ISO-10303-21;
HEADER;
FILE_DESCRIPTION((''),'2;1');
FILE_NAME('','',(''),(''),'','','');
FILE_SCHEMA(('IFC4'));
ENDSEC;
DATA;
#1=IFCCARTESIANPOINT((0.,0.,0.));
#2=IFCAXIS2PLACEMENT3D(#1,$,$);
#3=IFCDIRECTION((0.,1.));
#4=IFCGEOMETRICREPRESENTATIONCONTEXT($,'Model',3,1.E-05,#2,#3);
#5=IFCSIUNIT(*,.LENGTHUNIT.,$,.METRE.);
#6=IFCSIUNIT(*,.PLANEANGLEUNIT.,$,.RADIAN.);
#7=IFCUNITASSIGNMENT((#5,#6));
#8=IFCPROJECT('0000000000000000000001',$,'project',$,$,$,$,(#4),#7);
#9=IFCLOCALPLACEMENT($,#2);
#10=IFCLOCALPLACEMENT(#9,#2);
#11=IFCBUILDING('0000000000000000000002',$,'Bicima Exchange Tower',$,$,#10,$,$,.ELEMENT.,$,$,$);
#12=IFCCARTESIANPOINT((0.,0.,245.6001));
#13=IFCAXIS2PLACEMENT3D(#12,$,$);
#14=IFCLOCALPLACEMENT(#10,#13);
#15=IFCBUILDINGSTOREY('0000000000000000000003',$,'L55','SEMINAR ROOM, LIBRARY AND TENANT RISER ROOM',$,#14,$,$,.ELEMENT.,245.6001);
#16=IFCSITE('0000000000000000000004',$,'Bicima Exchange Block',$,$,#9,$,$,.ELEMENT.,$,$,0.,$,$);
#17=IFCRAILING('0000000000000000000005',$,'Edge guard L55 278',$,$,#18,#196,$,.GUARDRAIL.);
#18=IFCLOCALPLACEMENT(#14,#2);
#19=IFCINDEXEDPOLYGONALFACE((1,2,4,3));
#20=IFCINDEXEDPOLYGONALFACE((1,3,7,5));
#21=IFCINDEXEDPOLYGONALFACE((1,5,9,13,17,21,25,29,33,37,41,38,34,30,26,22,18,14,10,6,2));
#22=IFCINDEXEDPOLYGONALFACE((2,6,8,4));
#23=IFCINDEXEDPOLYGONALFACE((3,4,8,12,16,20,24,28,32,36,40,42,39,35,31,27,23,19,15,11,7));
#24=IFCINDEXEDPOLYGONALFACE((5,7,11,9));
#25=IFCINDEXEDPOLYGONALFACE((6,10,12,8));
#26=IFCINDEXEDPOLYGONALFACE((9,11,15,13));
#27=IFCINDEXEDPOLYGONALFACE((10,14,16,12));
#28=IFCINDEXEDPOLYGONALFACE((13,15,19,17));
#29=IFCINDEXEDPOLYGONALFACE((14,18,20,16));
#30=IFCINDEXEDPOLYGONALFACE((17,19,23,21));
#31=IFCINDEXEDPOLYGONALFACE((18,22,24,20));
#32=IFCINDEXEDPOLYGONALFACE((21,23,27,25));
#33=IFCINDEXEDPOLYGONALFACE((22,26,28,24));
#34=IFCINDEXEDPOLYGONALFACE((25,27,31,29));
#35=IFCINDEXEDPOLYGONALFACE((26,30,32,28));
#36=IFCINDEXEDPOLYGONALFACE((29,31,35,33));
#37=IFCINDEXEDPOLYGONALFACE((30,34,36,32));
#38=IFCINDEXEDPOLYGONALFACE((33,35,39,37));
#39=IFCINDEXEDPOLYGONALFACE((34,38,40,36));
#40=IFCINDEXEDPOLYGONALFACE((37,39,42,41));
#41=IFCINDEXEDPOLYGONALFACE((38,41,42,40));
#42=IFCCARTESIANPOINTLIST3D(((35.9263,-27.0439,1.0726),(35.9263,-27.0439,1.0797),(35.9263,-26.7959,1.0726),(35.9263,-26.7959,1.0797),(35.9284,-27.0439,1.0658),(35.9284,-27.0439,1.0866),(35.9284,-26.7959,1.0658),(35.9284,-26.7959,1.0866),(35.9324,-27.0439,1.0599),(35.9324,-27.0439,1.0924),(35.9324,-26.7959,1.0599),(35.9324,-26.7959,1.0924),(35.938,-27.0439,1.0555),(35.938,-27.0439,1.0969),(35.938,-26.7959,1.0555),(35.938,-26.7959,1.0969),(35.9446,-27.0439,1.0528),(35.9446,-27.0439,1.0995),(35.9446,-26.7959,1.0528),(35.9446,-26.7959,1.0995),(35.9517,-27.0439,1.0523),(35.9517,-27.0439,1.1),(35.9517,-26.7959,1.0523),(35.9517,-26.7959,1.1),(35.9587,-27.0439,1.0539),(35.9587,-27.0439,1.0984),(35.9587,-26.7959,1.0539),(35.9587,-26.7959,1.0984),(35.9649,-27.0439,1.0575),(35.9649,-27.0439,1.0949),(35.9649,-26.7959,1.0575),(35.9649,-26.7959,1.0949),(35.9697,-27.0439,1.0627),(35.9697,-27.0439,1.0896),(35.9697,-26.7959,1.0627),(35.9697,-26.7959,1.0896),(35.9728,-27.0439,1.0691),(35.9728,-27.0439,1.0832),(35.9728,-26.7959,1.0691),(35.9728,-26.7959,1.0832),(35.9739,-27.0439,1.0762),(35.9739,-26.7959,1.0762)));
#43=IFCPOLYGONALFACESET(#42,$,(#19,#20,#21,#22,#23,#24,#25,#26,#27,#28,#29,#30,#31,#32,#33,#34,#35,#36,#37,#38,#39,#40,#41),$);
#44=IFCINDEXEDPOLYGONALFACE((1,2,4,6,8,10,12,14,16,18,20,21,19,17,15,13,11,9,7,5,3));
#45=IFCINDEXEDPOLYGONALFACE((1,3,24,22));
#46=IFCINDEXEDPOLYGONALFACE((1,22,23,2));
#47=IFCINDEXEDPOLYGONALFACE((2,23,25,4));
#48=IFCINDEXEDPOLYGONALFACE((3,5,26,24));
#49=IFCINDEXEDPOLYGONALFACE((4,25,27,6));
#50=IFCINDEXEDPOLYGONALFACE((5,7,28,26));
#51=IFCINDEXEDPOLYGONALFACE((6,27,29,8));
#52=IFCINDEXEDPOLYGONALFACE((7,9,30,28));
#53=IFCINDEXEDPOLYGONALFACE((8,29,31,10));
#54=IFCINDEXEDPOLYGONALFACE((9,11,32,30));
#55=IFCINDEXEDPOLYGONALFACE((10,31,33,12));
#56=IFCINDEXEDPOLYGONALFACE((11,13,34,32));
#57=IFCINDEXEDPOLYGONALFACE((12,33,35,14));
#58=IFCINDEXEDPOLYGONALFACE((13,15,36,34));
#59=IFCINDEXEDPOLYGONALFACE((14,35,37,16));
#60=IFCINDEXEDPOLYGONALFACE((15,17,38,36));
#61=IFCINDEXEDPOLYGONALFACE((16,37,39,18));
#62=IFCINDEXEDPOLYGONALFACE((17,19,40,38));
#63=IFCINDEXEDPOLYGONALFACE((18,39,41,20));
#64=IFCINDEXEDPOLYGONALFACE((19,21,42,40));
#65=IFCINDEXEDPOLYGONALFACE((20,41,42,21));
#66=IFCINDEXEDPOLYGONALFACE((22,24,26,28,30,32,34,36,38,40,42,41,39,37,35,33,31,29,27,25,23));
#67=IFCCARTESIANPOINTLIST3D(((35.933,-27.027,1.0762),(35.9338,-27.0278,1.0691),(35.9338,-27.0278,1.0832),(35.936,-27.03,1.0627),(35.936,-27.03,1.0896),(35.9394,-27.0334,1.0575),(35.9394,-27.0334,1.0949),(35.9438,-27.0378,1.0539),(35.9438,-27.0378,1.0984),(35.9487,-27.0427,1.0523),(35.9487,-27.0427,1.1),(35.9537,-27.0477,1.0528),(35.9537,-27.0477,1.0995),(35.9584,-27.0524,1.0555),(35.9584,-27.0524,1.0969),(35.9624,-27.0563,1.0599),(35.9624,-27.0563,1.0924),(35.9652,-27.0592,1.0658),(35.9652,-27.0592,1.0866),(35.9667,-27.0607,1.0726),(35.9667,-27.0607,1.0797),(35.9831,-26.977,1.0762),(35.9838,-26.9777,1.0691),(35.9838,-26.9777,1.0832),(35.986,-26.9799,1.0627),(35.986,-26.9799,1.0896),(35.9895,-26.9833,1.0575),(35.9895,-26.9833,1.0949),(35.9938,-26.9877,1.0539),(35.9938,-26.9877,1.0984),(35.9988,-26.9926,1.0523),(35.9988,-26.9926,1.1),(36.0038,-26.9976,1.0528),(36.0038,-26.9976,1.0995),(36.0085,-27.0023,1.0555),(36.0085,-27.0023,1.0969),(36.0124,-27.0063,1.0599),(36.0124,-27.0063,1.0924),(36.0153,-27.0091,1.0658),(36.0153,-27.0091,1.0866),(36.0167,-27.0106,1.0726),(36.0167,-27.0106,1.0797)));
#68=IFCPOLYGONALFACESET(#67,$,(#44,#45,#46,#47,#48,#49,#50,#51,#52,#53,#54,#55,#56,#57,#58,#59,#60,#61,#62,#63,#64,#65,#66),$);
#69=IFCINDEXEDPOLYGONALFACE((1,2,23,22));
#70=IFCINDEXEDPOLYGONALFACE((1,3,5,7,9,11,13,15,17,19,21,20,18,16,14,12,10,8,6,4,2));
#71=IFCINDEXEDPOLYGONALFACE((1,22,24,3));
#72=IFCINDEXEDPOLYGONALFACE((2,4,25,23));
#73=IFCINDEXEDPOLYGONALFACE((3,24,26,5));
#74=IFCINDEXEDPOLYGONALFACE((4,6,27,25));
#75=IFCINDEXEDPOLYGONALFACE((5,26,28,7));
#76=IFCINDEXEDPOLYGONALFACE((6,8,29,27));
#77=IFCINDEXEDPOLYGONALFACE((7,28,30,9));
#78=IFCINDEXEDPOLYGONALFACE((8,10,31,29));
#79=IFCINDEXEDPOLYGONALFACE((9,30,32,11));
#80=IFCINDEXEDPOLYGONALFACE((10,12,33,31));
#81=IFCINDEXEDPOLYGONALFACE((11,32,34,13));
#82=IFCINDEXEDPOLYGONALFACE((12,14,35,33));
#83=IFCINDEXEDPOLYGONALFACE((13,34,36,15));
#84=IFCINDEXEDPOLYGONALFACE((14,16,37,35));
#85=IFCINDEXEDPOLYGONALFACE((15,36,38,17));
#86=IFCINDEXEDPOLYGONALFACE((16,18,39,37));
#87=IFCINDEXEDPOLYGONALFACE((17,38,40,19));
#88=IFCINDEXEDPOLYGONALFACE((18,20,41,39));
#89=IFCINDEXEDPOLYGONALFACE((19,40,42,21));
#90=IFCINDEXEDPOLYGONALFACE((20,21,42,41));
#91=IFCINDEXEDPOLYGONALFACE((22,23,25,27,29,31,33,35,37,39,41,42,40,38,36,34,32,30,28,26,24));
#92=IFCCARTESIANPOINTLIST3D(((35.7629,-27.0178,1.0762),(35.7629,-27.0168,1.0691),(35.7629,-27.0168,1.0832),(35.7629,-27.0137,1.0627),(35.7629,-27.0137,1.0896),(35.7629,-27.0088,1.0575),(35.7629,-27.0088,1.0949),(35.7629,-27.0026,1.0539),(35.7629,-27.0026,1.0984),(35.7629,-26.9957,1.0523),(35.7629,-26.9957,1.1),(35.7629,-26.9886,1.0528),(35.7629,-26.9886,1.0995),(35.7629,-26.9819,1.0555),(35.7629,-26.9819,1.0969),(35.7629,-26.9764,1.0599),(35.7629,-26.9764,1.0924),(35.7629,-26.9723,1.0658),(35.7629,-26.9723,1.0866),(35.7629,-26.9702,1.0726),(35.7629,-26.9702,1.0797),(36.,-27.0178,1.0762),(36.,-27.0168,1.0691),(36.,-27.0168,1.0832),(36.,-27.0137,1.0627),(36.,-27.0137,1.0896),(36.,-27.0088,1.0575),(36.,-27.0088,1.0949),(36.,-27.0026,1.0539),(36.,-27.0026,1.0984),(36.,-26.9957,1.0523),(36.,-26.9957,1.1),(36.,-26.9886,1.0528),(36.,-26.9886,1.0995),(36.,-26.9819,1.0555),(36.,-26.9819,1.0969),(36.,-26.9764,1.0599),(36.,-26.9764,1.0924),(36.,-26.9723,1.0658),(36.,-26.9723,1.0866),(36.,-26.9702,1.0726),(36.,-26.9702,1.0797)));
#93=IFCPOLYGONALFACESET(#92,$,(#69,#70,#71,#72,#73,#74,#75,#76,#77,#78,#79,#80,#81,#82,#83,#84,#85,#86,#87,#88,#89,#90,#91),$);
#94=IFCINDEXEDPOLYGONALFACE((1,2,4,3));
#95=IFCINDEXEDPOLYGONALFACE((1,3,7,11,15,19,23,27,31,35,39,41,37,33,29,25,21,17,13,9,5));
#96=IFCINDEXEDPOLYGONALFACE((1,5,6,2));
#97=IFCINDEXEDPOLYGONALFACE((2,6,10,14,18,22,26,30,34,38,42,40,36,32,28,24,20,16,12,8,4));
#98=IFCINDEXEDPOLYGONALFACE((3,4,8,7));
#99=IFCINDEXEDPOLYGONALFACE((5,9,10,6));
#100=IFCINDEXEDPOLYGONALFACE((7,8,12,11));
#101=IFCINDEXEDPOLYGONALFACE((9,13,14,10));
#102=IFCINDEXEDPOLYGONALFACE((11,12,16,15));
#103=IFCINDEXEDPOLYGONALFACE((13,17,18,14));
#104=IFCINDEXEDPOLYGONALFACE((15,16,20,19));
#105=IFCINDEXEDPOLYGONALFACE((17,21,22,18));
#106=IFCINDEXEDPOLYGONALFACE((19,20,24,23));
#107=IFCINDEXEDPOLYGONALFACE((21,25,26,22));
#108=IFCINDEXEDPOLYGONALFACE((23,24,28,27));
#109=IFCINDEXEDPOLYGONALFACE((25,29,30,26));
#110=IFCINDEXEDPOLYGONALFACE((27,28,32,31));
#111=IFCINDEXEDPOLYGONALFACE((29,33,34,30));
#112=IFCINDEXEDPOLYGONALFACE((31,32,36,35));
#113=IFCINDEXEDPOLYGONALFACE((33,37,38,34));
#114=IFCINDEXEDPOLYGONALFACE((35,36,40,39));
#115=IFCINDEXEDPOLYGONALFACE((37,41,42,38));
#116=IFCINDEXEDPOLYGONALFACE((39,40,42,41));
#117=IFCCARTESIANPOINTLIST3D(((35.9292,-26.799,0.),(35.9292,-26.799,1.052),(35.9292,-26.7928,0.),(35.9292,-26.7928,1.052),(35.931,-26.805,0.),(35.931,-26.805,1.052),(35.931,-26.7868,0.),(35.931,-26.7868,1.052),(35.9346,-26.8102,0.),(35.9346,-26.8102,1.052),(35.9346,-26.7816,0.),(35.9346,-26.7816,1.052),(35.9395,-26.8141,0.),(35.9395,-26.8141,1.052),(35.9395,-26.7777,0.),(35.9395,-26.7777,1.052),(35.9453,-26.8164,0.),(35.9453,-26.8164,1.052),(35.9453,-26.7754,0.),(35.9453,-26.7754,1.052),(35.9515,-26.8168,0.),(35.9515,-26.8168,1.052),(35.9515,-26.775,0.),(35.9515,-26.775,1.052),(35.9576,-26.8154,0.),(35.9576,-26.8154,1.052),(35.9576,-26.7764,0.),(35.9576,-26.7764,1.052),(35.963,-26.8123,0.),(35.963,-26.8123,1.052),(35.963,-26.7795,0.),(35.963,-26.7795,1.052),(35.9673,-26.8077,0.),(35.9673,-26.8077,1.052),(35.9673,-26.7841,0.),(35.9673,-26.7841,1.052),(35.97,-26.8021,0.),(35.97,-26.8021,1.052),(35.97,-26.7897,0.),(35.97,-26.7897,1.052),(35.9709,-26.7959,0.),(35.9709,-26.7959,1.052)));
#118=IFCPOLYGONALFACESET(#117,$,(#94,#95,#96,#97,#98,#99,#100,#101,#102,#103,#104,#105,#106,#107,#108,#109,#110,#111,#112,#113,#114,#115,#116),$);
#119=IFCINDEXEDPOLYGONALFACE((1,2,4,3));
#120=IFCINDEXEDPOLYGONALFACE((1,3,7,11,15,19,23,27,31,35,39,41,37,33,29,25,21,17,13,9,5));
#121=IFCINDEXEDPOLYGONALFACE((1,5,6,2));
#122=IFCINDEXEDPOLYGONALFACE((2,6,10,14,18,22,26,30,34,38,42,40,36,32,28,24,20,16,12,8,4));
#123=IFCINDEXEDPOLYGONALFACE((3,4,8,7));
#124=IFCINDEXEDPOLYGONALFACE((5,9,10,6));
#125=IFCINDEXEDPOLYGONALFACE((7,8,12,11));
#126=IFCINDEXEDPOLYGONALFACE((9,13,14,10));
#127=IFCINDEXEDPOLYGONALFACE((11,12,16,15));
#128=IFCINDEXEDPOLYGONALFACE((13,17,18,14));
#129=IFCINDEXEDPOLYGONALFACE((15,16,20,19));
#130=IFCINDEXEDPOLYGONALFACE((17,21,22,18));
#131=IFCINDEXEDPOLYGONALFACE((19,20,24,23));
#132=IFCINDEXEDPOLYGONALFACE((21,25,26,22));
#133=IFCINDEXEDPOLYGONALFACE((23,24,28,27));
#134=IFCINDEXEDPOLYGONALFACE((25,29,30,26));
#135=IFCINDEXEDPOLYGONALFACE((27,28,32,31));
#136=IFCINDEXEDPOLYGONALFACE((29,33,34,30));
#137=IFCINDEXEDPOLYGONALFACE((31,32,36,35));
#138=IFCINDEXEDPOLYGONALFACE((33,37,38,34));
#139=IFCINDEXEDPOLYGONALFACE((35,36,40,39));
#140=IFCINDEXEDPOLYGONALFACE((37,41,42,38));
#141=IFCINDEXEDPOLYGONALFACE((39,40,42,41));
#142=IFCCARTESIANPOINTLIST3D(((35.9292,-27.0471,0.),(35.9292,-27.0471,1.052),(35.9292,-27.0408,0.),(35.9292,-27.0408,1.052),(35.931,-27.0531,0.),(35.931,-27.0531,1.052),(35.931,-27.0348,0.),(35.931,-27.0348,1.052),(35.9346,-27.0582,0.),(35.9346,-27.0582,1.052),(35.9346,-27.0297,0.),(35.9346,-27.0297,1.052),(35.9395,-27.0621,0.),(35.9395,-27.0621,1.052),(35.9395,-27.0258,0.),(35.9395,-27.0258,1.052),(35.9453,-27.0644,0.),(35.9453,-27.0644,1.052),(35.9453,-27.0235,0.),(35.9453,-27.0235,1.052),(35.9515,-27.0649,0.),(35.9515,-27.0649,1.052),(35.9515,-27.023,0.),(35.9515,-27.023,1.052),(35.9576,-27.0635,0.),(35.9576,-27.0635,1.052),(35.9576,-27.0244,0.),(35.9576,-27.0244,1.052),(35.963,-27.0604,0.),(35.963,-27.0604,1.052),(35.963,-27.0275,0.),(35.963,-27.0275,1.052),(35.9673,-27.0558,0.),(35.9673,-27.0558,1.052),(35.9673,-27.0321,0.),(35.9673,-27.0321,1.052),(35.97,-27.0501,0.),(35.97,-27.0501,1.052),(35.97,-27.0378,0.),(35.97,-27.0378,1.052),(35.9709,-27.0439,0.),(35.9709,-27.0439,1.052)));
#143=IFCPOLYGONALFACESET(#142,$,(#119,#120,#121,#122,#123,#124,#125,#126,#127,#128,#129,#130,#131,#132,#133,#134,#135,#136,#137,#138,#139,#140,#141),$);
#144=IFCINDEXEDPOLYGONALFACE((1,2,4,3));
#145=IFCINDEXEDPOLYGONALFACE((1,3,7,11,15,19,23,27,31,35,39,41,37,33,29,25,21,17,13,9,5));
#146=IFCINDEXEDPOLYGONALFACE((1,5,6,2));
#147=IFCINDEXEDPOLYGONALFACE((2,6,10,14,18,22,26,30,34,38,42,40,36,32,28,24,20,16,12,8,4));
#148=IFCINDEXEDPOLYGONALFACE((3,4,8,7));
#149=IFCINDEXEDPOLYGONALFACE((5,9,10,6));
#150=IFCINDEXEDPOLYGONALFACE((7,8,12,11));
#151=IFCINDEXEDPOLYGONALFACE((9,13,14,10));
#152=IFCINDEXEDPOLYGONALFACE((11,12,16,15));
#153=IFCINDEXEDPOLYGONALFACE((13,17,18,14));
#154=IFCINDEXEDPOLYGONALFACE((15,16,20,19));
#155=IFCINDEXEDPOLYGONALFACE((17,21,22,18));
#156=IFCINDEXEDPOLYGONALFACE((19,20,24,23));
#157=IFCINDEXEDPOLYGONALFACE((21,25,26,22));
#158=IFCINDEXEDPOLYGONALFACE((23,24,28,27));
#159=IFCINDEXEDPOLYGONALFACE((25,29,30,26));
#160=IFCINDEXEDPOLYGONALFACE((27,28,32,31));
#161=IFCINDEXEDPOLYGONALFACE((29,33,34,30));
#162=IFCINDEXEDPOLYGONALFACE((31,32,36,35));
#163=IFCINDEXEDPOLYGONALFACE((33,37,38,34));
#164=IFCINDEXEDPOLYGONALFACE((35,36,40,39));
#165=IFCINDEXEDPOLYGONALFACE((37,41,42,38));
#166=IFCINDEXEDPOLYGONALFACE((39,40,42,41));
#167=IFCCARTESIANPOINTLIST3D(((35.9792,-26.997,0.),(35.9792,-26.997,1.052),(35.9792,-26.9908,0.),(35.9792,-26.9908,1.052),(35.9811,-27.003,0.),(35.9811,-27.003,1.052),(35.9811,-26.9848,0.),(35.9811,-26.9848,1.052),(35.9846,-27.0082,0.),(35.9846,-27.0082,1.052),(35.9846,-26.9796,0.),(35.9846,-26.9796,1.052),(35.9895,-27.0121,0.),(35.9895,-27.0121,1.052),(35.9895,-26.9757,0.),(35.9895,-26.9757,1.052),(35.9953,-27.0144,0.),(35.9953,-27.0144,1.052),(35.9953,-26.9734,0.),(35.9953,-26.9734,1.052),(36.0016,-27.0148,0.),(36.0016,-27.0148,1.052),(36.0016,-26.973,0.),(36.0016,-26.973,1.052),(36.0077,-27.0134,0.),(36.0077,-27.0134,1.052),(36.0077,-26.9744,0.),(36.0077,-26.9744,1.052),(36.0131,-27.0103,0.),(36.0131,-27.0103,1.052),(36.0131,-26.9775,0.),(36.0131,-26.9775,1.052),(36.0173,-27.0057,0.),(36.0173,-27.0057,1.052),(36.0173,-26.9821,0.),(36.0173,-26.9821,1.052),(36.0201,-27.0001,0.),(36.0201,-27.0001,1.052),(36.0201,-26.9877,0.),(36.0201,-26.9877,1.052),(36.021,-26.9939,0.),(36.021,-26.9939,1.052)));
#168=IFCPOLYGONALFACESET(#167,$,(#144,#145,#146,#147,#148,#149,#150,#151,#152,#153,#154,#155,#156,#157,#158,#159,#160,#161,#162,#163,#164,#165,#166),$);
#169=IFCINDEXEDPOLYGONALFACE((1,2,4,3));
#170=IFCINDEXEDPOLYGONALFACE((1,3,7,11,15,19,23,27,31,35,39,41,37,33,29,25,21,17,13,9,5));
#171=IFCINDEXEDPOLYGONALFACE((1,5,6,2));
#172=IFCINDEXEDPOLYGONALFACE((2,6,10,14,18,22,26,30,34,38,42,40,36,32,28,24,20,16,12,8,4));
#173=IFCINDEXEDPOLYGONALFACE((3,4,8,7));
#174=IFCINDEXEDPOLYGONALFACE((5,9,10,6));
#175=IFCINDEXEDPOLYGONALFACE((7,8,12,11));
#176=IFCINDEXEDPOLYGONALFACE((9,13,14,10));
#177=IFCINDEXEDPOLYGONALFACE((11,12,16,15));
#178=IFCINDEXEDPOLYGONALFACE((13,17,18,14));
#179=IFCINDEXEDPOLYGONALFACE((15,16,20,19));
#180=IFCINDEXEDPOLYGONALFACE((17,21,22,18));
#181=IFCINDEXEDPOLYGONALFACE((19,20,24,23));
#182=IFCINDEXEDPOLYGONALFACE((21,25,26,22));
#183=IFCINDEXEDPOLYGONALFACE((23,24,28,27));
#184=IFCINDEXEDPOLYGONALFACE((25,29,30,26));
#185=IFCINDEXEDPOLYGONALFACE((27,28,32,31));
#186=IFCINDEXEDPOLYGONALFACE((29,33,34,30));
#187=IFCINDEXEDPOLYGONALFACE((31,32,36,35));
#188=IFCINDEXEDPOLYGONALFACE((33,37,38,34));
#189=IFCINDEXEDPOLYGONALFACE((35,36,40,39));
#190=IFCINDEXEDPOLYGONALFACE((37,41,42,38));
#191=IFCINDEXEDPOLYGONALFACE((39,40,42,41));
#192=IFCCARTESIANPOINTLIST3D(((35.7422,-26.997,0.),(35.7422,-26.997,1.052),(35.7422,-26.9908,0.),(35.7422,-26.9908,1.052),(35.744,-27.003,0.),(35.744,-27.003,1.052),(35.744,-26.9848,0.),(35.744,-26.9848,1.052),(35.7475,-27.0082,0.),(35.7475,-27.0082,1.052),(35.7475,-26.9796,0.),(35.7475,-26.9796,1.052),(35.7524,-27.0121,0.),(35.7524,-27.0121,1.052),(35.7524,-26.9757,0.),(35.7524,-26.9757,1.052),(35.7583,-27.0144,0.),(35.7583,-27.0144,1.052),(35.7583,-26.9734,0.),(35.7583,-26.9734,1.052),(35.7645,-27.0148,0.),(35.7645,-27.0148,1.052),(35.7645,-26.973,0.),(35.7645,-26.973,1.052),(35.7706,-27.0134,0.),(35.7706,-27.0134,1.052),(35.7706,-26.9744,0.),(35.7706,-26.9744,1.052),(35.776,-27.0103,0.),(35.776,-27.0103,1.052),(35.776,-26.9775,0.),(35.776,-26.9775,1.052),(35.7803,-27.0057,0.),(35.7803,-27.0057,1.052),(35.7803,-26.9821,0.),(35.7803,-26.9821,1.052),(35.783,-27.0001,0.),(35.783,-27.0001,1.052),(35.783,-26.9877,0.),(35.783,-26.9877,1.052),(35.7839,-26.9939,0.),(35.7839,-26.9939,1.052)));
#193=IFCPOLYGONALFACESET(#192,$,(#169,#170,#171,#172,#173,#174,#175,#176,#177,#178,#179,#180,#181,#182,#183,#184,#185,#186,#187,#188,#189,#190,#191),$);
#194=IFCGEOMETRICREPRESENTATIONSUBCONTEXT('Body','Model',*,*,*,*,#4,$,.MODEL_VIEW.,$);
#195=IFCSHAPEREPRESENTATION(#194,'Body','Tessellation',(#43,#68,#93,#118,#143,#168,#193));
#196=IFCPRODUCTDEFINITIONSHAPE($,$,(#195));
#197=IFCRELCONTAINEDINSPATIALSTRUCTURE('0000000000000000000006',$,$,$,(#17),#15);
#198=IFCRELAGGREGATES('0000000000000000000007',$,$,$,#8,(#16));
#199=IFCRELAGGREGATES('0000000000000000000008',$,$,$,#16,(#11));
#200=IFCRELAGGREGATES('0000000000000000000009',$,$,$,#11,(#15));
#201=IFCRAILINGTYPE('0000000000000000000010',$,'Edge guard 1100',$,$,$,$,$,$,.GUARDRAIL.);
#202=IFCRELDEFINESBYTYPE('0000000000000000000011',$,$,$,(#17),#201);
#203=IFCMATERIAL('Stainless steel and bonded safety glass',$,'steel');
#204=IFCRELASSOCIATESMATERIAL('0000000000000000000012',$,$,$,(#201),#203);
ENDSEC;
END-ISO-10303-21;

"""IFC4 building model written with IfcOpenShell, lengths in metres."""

from ifc_helpers import new_model, si_unit, direction, frame, origin, origin_2d, place, context, subcontext, project, spatial, circle, extrude, material, type_object, element, save


model = new_model("IFC4")

# Units and contexts
model_context = context("Model", 3, precision=1e-05, world=origin(), true_north=direction((0.0, 1.0)))
body_context = subcontext(model_context, "Body", "Model", "MODEL_VIEW")
ifc_project = project(units=[si_unit("LENGTHUNIT", "METRE"), si_unit("PLANEANGLEUNIT", "RADIAN")], contexts=[model_context])

# Site, building, storey
site_placement = place(None, origin())
site = spatial("IfcSite", under=ifc_project, at=site_placement, Name="Bicima Exchange Block", CompositionType="ELEMENT", RefElevation=0.0)
building_placement = place(site_placement, origin())
building = spatial("IfcBuilding", under=site, at=building_placement, Name="Bicima Exchange Tower", CompositionType="ELEMENT")
storey_placement = place(building_placement, frame((0.0, 0.0, 245.6001)))
storey = spatial("IfcBuildingStorey", under=building, at=storey_placement, Name="L55", Description="SEMINAR ROOM, LIBRARY AND TENANT RISER ROOM", CompositionType="ELEMENT", Elevation=245.6001)

# Railing
ifc_material_1 = material(Name="Stainless steel and bonded safety glass", Category="steel")
railing_type = type_object("IfcRailingType", Name="Edge guard 1100", PredefinedType="GUARDRAIL", material=ifc_material_1)
railing_placement = place(storey_placement, frame((35.95, -26.7959, 0.0)))
element("IfcRailing", 1, at=railing_placement, inside=storey, type_object=railing_type, Name="Edge guard L55 278", PredefinedType="GUARDRAIL", context=body_context, shape_type="SweptSolid", body=[
    extrude(circle(Radius=0.0239, at=origin_2d()), frame((0.0, 0.0, 1.0762), z_axis=(0.0, -1.0, 0.0), x_axis=(1.0, 0.0, 0.0)), (0.0, 0.0, 1.0), 0.248),
    extrude(circle(Radius=0.0239, at=origin_2d()), frame((0.0, -0.248, 1.0762), z_axis=(0.707107, 0.707107, 0.0), x_axis=(-0.707107, 0.707107, 0.0)), (0.0, 0.0, 1.0), 0.0708),
    extrude(circle(Radius=0.0239, at=origin_2d()), frame((0.05, -0.198, 1.0762), z_axis=(-1.0, 0.0, 0.0), x_axis=(0.0, -1.0, 0.0)), (0.0, 0.0, 1.0), 0.2371),
    extrude(circle(Radius=0.021, at=origin_2d()), origin(), (0.0, 0.0, 1.0), 1.052),
    extrude(circle(Radius=0.021, at=origin_2d()), frame((0.0, -0.248, 0.0)), (0.0, 0.0, 1.0), 1.052),
    extrude(circle(Radius=0.021, at=origin_2d()), frame((0.05, -0.198, 0.0)), (0.0, 0.0, 1.0), 1.052),
    extrude(circle(Radius=0.021, at=origin_2d()), frame((-0.187, -0.198, 0.0)), (0.0, 0.0, 1.0), 1.052),
])

save(model, "model.ifc")
